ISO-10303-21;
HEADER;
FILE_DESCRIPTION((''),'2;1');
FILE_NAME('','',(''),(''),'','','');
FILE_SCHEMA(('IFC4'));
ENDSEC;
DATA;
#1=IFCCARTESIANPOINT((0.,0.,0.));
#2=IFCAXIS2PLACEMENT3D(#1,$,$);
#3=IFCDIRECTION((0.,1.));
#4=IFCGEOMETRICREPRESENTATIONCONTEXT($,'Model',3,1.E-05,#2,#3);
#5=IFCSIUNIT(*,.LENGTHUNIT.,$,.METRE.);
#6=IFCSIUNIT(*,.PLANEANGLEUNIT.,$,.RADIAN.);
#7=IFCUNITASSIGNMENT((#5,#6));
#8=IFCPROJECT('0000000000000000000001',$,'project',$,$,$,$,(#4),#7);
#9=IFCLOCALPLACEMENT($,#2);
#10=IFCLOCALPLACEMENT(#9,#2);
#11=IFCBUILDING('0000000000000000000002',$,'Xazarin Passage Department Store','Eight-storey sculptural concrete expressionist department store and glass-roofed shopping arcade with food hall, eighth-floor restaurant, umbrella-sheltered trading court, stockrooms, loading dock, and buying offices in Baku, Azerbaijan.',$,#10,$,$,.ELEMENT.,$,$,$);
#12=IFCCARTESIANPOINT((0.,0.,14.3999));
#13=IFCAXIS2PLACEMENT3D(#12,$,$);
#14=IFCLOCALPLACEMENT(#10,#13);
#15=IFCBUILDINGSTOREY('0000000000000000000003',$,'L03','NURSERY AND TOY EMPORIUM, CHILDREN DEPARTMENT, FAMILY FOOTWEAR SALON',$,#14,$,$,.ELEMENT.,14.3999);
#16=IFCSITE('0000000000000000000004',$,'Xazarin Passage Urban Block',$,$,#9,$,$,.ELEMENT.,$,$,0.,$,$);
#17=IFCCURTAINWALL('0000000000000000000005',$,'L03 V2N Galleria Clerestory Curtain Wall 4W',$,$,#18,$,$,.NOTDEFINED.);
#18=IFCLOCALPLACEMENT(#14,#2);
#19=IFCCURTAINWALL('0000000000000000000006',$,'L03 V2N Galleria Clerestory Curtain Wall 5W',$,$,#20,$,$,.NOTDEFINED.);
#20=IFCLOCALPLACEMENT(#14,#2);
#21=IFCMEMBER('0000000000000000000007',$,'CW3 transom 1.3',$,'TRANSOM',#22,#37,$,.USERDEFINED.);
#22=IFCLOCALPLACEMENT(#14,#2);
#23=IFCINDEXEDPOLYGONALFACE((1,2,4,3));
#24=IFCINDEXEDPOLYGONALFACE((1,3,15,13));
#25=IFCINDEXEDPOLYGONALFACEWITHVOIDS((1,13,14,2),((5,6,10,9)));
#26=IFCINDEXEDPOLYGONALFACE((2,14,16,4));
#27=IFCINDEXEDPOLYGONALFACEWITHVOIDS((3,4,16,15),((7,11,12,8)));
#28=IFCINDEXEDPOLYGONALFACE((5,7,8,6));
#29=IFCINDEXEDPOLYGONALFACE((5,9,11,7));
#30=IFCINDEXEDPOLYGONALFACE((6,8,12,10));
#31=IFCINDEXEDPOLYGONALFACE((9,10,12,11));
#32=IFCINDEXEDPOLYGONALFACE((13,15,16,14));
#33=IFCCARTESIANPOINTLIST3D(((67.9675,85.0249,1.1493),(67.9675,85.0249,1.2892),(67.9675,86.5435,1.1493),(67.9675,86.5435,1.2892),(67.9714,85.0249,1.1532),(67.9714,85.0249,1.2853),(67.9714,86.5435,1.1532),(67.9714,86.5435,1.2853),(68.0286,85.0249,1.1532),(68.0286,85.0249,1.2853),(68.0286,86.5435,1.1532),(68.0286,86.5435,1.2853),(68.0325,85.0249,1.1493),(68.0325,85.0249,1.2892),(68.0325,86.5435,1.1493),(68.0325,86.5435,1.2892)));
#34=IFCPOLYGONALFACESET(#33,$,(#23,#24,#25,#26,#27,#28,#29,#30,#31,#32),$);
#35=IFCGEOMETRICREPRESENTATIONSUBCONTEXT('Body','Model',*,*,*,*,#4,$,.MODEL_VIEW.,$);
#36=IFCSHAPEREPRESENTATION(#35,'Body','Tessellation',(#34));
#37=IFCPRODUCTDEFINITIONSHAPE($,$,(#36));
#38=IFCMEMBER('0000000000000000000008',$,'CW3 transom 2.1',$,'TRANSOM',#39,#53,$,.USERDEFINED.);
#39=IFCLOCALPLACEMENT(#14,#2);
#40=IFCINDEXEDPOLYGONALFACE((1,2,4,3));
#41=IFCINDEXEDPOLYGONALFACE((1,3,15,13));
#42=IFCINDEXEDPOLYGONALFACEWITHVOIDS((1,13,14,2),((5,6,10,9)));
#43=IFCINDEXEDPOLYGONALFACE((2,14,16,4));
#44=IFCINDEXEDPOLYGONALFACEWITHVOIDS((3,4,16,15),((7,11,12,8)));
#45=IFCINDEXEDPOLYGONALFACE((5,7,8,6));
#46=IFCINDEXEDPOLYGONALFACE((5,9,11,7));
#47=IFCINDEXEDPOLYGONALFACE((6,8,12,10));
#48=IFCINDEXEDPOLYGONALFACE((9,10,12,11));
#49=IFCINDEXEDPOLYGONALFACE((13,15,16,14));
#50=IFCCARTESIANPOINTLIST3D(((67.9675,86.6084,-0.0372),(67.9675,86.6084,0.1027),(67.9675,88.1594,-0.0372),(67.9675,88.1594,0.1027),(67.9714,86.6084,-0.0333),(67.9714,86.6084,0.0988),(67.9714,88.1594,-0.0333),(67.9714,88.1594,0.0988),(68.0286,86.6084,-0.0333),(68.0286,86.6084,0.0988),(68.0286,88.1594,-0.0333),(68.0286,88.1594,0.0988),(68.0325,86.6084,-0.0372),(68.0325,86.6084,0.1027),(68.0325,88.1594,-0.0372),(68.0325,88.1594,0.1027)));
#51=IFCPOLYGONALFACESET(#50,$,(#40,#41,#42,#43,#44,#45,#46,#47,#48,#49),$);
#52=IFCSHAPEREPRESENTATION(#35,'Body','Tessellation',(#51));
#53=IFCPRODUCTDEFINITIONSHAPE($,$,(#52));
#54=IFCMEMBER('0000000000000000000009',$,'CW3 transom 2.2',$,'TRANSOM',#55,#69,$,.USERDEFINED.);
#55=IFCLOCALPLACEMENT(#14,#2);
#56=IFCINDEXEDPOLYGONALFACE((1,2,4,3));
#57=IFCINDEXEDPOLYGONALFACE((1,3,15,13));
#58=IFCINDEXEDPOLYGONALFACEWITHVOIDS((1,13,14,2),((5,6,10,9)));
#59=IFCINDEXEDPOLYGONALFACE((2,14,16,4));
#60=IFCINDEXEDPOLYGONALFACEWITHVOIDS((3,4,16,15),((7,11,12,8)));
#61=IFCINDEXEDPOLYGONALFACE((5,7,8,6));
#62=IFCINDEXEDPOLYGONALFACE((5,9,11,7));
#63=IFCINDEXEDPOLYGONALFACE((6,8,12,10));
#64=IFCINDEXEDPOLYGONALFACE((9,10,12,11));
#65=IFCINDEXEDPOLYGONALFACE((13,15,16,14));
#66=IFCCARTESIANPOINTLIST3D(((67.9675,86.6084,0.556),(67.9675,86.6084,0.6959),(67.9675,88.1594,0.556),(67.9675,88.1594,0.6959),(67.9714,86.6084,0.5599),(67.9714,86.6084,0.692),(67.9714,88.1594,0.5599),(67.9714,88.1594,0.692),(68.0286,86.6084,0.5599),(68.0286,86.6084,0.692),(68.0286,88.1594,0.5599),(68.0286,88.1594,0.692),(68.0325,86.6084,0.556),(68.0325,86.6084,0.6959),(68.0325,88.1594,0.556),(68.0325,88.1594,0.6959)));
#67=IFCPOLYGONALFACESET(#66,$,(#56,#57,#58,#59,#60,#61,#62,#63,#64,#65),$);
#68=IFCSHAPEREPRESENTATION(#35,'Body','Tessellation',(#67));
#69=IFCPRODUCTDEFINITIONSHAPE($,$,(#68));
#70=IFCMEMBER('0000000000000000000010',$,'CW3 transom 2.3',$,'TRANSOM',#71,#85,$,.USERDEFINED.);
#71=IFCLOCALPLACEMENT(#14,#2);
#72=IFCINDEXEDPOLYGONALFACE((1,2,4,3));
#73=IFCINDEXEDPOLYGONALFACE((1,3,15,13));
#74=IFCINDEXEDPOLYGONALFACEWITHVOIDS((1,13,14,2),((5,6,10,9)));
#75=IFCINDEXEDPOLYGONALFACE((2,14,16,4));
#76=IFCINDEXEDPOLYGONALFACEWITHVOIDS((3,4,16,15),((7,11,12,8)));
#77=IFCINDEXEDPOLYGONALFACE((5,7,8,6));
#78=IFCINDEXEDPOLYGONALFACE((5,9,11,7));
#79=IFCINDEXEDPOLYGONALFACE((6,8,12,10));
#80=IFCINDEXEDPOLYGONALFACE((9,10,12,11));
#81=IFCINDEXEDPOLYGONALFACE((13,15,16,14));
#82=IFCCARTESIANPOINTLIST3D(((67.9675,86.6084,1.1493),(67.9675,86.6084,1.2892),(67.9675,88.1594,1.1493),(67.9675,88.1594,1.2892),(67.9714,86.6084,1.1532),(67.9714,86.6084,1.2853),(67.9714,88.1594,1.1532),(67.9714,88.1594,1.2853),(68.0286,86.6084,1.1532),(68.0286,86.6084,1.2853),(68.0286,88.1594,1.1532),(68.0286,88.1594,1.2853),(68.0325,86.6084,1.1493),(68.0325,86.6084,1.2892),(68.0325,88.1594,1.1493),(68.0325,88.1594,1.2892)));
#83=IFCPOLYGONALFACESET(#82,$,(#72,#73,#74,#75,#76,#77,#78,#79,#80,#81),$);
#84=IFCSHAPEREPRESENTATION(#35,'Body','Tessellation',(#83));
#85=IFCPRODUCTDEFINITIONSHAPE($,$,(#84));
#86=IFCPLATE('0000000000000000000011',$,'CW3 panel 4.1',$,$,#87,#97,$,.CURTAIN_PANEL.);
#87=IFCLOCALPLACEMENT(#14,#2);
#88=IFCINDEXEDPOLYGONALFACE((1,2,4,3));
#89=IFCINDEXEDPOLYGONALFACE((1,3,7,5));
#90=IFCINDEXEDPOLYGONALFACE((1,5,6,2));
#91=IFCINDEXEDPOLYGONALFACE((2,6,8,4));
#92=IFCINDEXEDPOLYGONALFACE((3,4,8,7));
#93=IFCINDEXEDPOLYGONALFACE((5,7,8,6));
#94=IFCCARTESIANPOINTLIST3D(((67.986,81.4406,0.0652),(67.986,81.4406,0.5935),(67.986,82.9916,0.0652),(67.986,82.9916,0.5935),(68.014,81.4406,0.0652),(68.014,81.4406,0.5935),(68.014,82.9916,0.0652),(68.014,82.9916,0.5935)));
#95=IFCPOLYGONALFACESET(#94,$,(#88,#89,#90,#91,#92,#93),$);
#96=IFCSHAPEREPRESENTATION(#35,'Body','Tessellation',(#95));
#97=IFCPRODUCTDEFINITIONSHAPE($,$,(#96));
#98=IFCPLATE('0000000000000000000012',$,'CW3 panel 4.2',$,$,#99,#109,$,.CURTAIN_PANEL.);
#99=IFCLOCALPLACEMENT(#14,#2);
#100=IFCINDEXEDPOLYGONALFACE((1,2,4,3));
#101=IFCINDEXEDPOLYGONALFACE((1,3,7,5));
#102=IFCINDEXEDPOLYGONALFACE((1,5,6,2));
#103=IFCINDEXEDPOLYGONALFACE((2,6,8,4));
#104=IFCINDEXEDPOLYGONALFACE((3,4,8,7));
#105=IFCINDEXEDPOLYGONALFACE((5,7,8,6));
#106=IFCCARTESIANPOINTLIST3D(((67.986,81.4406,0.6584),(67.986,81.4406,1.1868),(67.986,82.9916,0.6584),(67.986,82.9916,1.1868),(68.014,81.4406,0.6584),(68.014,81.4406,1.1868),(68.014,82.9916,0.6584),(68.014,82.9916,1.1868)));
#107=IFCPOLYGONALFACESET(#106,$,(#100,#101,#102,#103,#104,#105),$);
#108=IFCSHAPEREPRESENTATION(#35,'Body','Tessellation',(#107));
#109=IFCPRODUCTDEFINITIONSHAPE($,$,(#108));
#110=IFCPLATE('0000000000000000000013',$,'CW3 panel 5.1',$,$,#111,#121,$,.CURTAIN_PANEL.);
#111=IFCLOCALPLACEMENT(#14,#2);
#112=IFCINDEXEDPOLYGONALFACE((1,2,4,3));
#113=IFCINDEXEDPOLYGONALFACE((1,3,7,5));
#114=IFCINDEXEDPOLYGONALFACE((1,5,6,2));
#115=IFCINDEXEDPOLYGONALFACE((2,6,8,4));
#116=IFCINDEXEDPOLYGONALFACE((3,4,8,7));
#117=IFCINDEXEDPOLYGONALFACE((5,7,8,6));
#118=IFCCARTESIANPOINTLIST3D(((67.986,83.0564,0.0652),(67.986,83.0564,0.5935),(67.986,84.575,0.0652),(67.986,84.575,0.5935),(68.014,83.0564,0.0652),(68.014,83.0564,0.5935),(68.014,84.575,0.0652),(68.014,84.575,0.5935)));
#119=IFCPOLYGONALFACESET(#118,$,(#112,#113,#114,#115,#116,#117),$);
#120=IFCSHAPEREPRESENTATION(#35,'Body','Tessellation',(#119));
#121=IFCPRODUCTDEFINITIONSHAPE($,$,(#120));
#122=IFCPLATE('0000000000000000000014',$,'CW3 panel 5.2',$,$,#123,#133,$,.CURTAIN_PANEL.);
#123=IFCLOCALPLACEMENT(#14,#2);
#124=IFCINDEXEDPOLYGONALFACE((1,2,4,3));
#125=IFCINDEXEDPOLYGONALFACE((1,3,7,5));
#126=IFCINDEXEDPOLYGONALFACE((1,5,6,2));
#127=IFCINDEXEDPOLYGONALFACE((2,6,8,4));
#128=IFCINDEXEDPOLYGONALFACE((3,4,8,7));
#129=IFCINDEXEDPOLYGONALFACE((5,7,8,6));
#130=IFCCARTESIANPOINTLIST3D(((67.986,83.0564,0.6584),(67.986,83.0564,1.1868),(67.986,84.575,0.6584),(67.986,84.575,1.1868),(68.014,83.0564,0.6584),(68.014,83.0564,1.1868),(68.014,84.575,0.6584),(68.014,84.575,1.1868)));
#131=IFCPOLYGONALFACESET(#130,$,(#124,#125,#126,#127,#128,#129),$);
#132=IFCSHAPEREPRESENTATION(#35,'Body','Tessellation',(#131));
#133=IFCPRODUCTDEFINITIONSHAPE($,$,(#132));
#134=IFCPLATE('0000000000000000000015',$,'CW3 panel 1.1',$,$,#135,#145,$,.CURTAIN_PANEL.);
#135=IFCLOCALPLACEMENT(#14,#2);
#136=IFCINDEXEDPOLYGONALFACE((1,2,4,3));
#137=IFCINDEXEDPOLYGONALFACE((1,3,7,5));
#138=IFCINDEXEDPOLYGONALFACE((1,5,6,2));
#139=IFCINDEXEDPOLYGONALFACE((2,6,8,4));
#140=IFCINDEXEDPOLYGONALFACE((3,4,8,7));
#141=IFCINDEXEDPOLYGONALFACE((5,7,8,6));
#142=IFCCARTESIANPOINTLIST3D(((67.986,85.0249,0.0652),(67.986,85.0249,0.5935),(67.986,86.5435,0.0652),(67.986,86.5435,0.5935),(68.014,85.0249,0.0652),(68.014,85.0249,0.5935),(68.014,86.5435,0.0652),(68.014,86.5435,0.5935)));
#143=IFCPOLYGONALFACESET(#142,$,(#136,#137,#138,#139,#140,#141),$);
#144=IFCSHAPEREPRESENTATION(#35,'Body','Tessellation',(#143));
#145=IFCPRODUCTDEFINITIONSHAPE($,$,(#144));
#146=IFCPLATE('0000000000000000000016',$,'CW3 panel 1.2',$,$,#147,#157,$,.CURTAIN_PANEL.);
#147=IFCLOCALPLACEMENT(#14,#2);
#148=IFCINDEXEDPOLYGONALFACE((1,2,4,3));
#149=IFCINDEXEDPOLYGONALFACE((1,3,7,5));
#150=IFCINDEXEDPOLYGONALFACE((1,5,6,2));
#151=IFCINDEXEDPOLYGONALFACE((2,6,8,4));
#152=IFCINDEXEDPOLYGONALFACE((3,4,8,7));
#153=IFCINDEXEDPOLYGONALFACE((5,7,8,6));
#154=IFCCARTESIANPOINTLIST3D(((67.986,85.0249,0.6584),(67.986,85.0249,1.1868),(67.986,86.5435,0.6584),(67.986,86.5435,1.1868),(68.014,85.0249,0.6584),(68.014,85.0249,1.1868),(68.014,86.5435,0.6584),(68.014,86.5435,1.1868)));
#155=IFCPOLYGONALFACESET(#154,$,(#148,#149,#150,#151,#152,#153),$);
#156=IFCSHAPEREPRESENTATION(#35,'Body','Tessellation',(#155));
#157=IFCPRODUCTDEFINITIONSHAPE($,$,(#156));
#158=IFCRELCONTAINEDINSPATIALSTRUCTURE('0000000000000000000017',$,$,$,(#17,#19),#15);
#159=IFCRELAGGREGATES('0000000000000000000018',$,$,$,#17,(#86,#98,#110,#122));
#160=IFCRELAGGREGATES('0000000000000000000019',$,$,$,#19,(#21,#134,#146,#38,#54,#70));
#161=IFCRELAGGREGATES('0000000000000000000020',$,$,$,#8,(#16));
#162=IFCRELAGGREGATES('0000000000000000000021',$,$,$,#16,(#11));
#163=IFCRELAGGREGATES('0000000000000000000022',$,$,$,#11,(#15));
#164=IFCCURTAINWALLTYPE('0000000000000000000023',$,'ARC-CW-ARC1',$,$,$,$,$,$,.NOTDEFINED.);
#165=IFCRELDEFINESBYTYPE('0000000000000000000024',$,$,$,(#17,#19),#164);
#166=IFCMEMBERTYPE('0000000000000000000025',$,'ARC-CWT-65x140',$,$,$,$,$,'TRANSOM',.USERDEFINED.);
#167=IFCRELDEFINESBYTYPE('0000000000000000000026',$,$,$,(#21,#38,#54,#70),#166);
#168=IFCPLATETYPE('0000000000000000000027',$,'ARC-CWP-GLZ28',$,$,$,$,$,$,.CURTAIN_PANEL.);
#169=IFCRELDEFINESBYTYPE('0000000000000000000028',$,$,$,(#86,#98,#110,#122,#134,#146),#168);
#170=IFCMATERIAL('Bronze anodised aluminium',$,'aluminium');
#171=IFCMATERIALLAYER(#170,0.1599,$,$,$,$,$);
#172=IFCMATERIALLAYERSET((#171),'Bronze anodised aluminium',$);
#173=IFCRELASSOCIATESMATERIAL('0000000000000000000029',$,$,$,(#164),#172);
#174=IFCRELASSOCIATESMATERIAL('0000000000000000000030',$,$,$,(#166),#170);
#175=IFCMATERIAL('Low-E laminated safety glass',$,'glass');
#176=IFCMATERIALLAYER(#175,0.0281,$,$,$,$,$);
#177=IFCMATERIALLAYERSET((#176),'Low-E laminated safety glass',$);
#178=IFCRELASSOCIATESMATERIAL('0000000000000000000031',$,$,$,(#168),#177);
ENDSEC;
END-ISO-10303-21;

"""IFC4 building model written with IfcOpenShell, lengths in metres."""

from ifc_helpers import new_model, si_unit, direction, frame, origin, origin_2d, place, context, subcontext, project, spatial, rectangle, hollow_rectangle, extrude, material, layer, layer_set, material_profile, profile_set, type_object, element, aggregate, save


model = new_model("IFC4")

# Units and contexts
model_context = context("Model", 3, precision=1e-05, world=origin(), true_north=direction((0.0, 1.0)))
body_context = subcontext(model_context, "Body", "Model", "MODEL_VIEW")
ifc_project = project(units=[si_unit("LENGTHUNIT", "METRE"), si_unit("PLANEANGLEUNIT", "RADIAN")], contexts=[model_context])

# Site, building, storey
site_placement = place(None, origin())
site = spatial("IfcSite", under=ifc_project, at=site_placement, Name="Xazarin Passage Urban Block", CompositionType="ELEMENT", RefElevation=0.0)
building_placement = place(site_placement, origin())
building = spatial("IfcBuilding", under=site, at=building_placement, Name="Xazarin Passage Department Store", Description="Eight-storey sculptural concrete expressionist department store and glass-roofed shopping arcade with food hall, eighth-floor restaurant, umbrella-sheltered trading court, stockrooms, loading dock, and buying offices in Baku, Azerbaijan.", CompositionType="ELEMENT")
storey_placement = place(building_placement, frame((0.0, 0.0, 14.3999)))
storey = spatial("IfcBuildingStorey", under=building, at=storey_placement, Name="L03", Description="NURSERY AND TOY EMPORIUM, CHILDREN DEPARTMENT, FAMILY FOOTWEAR SALON", CompositionType="ELEMENT", Elevation=14.3999)

# Curtain walls
ifc_material_1 = material(Name="Bronze anodised aluminium", Category="aluminium")
ifc_layer_1 = layer(ifc_material_1, 0.1599)
ifc_layer_set_1 = layer_set([ifc_layer_1], Name="Bronze anodised aluminium")
curtain_wall_type = type_object("IfcCurtainWallType", Name="ARC-CW-ARC1", PredefinedType="NOTDEFINED", material=ifc_layer_set_1)
curtain_wall_1_placement = place(storey_placement, origin())
curtain_wall_1 = element("IfcCurtainWall", 1, at=curtain_wall_1_placement, inside=storey, type_object=curtain_wall_type, Name="L03 V2N Galleria Clerestory Curtain Wall 4W", PredefinedType="NOTDEFINED")
curtain_wall_2_placement = place(storey_placement, origin())
curtain_wall_2 = element("IfcCurtainWall", 2, at=curtain_wall_2_placement, inside=storey, type_object=curtain_wall_type, Name="L03 V2N Galleria Clerestory Curtain Wall 5W", PredefinedType="NOTDEFINED")

# Members
ifc_material_profile_1 = material_profile(ifc_material_1, hollow_rectangle(XDim=0.0649, YDim=0.1399, WallThickness=0.0039, at=origin_2d()), Name="ALU 65x140")
ifc_profile_set_1 = profile_set([ifc_material_profile_1], Name="Bronze anodised aluminium")
member_type_1 = type_object("IfcMemberType", Name="ARC-CWT-65x140", ElementType="TRANSOM", PredefinedType="USERDEFINED", material=ifc_profile_set_1)
member_1_placement = place(storey_placement, frame((68.0, 85.0249, 1.2192), z_axis=(0.0, 1.0, 0.0), x_axis=(-1.0, 0.0, 0.0)))
member_1 = element("IfcMember", 3, at=member_1_placement, type_object=member_type_1, Name="CW3 transom 1.3", ObjectType="TRANSOM", PredefinedType="USERDEFINED", context=body_context, shape_type="SweptSolid", body=[
    extrude(hollow_rectangle(XDim=0.0649, YDim=0.1399, WallThickness=0.0039, at=origin_2d()), origin(), (0.0, 0.0, 1.0), 1.5186),
])
member_2_placement = place(storey_placement, frame((68.0, 86.6084, 0.0327), z_axis=(0.0, 1.0, 0.0), x_axis=(-1.0, 0.0, 0.0)))
member_2 = element("IfcMember", 4, at=member_2_placement, type_object=member_type_1, Name="CW3 transom 2.1", ObjectType="TRANSOM", PredefinedType="USERDEFINED", context=body_context, shape_type="SweptSolid", body=[
    extrude(hollow_rectangle(XDim=0.0649, YDim=0.1399, WallThickness=0.0039, at=origin_2d()), origin(), (0.0, 0.0, 1.0), 1.551),
])
member_3_placement = place(storey_placement, frame((68.0, 86.6084, 0.626), z_axis=(0.0, 1.0, 0.0), x_axis=(-1.0, 0.0, 0.0)))
member_3 = element("IfcMember", 5, at=member_3_placement, type_object=member_type_1, Name="CW3 transom 2.2", ObjectType="TRANSOM", PredefinedType="USERDEFINED", context=body_context, shape_type="SweptSolid", body=[
    extrude(hollow_rectangle(XDim=0.0649, YDim=0.1399, WallThickness=0.0039, at=origin_2d()), origin(), (0.0, 0.0, 1.0), 1.551),
])
member_4_placement = place(storey_placement, frame((68.0, 86.6084, 1.2192), z_axis=(0.0, 1.0, 0.0), x_axis=(-1.0, 0.0, 0.0)))
member_4 = element("IfcMember", 6, at=member_4_placement, type_object=member_type_1, Name="CW3 transom 2.3", ObjectType="TRANSOM", PredefinedType="USERDEFINED", context=body_context, shape_type="SweptSolid", body=[
    extrude(hollow_rectangle(XDim=0.0649, YDim=0.1399, WallThickness=0.0039, at=origin_2d()), origin(), (0.0, 0.0, 1.0), 1.551),
])

# Plates
ifc_material_2 = material(Name="Low-E laminated safety glass", Category="glass")
ifc_layer_2 = layer(ifc_material_2, 0.0281)
ifc_layer_set_2 = layer_set([ifc_layer_2], Name="Low-E laminated safety glass")
plate_type = type_object("IfcPlateType", Name="ARC-CWP-GLZ28", PredefinedType="CURTAIN_PANEL", material=ifc_layer_set_2)
plate_1_placement = place(storey_placement, frame((68.0, 82.2161, 0.0652), z_axis=(0.0, 0.0, 1.0), x_axis=(0.0, 1.0, 0.0)))
plate_1 = element("IfcPlate", 7, at=plate_1_placement, type_object=plate_type, Name="CW3 panel 4.1", PredefinedType="CURTAIN_PANEL", context=body_context, shape_type="SweptSolid", body=[
    extrude(rectangle(XDim=1.551, YDim=0.0281, at=origin_2d()), origin(), (0.0, 0.0, 1.0), 0.5283),
])
plate_2_placement = place(storey_placement, frame((68.0, 82.2161, 0.6584), z_axis=(0.0, 0.0, 1.0), x_axis=(0.0, 1.0, 0.0)))
plate_2 = element("IfcPlate", 8, at=plate_2_placement, type_object=plate_type, Name="CW3 panel 4.2", PredefinedType="CURTAIN_PANEL", context=body_context, shape_type="SweptSolid", body=[
    extrude(rectangle(XDim=1.551, YDim=0.0281, at=origin_2d()), origin(), (0.0, 0.0, 1.0), 0.5283),
])
plate_3_placement = place(storey_placement, frame((68.0, 83.8157, 0.0652), z_axis=(0.0, 0.0, 1.0), x_axis=(0.0, 1.0, 0.0)))
plate_3 = element("IfcPlate", 9, at=plate_3_placement, type_object=plate_type, Name="CW3 panel 5.1", PredefinedType="CURTAIN_PANEL", context=body_context, shape_type="SweptSolid", body=[
    extrude(rectangle(XDim=1.5186, YDim=0.0281, at=origin_2d()), origin(), (0.0, 0.0, 1.0), 0.5283),
])
plate_4_placement = place(storey_placement, frame((68.0, 83.8157, 0.6584), z_axis=(0.0, 0.0, 1.0), x_axis=(0.0, 1.0, 0.0)))
plate_4 = element("IfcPlate", 10, at=plate_4_placement, type_object=plate_type, Name="CW3 panel 5.2", PredefinedType="CURTAIN_PANEL", context=body_context, shape_type="SweptSolid", body=[
    extrude(rectangle(XDim=1.5186, YDim=0.0281, at=origin_2d()), origin(), (0.0, 0.0, 1.0), 0.5283),
])
aggregate(curtain_wall_1, [plate_1, plate_2, plate_3, plate_4])
plate_5_placement = place(storey_placement, frame((68.0, 85.7842, 0.0652), z_axis=(0.0, 0.0, 1.0), x_axis=(0.0, 1.0, 0.0)))
plate_5 = element("IfcPlate", 11, at=plate_5_placement, type_object=plate_type, Name="CW3 panel 1.1", PredefinedType="CURTAIN_PANEL", context=body_context, shape_type="SweptSolid", body=[
    extrude(rectangle(XDim=1.5186, YDim=0.0281, at=origin_2d()), origin(), (0.0, 0.0, 1.0), 0.5283),
])
plate_6_placement = place(storey_placement, frame((68.0, 85.7842, 0.6584), z_axis=(0.0, 0.0, 1.0), x_axis=(0.0, 1.0, 0.0)))
plate_6 = element("IfcPlate", 12, at=plate_6_placement, type_object=plate_type, Name="CW3 panel 1.2", PredefinedType="CURTAIN_PANEL", context=body_context, shape_type="SweptSolid", body=[
    extrude(rectangle(XDim=1.5186, YDim=0.0281, at=origin_2d()), origin(), (0.0, 0.0, 1.0), 0.5283),
])
aggregate(curtain_wall_2, [member_1, plate_5, plate_6, member_2, member_3, member_4])

save(model, "model.ifc")
